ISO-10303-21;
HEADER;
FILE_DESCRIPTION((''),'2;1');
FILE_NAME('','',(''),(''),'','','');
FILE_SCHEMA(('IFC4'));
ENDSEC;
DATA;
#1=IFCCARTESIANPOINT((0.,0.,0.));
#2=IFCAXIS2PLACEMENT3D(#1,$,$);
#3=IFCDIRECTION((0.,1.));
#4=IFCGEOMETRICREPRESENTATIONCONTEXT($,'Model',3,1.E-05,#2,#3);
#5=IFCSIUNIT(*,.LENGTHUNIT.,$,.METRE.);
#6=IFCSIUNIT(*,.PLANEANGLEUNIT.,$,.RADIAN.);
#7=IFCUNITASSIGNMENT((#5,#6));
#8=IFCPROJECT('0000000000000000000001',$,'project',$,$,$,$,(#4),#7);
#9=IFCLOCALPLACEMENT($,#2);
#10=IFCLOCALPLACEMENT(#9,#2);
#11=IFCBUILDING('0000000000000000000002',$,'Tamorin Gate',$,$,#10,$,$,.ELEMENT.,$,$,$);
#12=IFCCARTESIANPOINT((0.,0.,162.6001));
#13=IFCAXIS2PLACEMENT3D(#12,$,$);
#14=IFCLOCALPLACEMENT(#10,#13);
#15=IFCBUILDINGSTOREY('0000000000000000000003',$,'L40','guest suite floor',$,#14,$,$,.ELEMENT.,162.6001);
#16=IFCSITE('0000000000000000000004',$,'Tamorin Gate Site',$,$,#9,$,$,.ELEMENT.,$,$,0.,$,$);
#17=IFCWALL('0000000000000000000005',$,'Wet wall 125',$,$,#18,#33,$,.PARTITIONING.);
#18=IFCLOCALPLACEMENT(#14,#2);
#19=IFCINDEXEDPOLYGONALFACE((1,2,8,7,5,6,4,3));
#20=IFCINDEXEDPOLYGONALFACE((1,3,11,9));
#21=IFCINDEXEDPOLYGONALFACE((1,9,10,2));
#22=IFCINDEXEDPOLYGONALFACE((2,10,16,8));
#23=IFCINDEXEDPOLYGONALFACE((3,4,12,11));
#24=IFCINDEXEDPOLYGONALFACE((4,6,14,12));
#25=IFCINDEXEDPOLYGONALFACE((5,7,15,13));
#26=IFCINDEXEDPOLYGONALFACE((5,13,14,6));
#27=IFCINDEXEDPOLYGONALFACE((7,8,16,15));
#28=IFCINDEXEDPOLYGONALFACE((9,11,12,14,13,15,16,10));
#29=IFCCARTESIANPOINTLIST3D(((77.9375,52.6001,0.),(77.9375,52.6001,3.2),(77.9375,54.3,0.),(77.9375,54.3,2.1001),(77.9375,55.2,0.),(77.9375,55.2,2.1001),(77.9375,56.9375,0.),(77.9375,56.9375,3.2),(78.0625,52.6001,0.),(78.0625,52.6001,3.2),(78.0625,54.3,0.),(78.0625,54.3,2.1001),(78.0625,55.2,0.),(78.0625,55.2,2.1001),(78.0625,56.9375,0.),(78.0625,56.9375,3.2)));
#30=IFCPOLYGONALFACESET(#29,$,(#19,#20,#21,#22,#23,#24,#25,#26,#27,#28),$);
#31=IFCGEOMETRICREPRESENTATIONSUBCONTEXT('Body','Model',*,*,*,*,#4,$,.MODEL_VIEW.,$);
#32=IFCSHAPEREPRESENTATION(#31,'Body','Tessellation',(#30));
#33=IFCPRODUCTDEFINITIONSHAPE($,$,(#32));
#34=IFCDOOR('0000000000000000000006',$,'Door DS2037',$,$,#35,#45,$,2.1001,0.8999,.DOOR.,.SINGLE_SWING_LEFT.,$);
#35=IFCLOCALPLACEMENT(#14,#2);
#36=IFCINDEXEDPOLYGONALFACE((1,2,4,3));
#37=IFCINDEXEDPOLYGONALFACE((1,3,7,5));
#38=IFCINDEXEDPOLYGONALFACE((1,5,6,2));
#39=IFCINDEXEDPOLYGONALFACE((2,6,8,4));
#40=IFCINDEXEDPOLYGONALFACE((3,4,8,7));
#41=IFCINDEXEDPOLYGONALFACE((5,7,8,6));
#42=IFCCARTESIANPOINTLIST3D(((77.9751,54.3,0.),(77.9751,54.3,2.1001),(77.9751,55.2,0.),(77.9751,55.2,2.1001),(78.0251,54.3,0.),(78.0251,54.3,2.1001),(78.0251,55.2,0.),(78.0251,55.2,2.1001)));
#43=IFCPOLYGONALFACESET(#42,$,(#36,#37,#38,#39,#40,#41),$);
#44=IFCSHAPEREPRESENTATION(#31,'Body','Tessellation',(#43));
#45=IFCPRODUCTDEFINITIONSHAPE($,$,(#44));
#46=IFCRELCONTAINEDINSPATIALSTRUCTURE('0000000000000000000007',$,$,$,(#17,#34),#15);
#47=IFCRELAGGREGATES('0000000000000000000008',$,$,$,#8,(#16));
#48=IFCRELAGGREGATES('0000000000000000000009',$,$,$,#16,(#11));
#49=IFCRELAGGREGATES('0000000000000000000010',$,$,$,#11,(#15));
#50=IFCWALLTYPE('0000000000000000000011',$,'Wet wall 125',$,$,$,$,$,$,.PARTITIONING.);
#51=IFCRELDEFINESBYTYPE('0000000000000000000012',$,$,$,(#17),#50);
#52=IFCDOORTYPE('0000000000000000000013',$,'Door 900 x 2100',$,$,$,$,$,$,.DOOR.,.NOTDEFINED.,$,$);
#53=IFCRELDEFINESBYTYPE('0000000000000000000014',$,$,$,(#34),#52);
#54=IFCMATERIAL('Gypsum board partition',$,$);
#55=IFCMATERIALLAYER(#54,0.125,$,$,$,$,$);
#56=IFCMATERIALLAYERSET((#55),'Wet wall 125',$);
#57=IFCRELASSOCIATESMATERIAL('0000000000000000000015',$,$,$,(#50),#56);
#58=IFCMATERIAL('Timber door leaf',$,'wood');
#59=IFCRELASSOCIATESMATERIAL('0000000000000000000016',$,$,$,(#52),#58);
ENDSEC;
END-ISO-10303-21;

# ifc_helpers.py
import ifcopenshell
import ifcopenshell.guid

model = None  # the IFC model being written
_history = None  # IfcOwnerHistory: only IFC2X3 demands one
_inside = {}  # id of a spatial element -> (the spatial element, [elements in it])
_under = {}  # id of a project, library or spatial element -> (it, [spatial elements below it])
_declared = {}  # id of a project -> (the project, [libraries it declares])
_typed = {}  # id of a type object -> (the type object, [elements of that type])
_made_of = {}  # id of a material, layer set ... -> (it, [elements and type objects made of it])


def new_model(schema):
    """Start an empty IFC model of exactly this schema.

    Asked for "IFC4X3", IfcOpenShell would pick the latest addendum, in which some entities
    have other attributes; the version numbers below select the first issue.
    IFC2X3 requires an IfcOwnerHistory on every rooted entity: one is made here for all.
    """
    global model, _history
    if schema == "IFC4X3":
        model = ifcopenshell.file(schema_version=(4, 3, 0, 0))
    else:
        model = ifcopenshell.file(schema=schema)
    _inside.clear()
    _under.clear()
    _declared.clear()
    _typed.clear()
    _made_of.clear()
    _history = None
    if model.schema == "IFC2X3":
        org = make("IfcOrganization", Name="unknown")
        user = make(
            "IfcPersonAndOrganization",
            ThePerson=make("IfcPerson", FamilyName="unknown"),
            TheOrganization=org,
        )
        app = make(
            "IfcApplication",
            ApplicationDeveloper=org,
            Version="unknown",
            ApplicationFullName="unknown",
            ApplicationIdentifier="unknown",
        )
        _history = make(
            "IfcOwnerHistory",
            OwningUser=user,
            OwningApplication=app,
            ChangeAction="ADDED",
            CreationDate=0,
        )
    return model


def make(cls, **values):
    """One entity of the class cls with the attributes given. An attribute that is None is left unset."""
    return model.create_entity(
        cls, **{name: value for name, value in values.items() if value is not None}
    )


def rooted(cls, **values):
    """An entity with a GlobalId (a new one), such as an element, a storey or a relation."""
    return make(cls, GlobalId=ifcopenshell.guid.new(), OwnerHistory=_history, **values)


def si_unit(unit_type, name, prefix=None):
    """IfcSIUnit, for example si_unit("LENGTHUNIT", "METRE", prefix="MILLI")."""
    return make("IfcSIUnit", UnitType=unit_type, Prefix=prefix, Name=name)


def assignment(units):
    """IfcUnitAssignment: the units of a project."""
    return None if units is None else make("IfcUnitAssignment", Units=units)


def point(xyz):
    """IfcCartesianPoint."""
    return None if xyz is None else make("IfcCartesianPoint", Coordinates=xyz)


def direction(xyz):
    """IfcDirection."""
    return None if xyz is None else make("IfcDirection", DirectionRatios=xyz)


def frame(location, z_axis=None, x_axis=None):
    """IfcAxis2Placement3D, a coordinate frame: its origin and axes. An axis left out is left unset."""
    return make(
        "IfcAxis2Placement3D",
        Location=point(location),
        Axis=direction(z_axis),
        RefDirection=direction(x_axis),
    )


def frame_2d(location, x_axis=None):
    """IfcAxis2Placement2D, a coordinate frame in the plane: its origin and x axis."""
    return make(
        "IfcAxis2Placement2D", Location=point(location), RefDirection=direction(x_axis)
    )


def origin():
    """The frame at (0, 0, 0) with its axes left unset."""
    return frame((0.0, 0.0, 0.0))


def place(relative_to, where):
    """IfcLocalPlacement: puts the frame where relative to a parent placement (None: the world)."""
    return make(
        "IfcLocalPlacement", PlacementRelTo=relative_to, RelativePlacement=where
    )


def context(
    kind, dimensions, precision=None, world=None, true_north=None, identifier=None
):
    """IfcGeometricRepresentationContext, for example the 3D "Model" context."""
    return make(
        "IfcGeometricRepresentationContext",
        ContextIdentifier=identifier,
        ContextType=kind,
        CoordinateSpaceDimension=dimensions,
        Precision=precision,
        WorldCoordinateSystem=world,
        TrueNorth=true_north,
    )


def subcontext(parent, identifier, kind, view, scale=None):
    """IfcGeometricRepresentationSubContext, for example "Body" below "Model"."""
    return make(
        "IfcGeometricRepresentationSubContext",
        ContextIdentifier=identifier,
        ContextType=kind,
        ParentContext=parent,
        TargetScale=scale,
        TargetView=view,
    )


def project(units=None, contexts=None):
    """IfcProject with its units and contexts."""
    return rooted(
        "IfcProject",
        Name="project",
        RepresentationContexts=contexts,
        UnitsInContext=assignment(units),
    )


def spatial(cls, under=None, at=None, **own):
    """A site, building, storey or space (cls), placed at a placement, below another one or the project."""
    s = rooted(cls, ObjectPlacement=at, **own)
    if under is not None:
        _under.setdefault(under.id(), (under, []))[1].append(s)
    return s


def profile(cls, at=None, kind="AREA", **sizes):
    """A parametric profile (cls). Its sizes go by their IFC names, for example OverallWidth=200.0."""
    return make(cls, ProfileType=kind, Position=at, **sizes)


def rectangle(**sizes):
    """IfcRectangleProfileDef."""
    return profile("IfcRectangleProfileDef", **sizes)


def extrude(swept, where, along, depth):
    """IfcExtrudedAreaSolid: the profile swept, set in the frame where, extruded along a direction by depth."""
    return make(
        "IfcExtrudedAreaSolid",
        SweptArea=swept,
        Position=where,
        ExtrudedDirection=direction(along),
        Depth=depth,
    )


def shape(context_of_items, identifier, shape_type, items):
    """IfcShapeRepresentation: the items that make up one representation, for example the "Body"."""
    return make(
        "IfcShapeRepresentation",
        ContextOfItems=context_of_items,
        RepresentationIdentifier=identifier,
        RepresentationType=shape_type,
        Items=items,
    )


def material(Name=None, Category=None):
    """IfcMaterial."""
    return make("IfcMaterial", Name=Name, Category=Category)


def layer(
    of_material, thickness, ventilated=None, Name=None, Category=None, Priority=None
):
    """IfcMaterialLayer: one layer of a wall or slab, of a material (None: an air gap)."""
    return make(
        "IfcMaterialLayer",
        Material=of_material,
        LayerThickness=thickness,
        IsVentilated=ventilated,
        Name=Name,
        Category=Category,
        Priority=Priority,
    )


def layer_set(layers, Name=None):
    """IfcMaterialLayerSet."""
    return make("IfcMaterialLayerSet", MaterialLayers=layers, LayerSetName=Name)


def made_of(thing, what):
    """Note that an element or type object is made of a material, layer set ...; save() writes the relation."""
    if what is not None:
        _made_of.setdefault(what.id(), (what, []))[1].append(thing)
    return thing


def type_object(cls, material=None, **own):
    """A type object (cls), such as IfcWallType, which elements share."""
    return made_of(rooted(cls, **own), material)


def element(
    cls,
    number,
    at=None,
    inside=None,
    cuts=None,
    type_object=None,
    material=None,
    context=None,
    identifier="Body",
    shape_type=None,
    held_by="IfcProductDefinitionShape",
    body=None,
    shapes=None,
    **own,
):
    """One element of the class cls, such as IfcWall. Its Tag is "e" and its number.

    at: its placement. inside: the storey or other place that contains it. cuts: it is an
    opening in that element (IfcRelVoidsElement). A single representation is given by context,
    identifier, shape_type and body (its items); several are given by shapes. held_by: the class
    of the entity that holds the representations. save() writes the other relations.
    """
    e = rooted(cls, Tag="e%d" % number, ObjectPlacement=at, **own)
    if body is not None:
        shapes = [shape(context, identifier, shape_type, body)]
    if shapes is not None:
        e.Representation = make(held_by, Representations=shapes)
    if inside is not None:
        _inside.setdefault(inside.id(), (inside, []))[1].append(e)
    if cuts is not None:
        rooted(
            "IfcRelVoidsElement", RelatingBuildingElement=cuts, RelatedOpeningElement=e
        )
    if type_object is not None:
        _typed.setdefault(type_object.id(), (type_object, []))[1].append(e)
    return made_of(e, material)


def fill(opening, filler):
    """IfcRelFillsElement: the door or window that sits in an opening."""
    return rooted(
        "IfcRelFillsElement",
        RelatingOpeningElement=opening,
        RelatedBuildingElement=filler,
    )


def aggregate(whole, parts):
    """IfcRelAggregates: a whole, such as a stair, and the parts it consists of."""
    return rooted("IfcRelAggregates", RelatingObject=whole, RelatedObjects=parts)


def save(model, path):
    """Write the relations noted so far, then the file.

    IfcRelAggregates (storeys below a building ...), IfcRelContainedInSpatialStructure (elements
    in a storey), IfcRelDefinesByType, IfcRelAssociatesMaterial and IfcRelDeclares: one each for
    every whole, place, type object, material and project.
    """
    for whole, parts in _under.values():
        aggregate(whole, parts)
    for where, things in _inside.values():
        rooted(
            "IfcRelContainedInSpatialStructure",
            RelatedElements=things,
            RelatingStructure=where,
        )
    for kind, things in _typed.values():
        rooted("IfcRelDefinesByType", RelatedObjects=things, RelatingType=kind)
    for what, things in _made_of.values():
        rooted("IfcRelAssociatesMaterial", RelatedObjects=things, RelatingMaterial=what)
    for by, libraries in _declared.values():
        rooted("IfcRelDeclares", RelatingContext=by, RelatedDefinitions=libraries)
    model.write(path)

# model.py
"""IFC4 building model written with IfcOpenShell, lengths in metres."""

from ifc_helpers import new_model, si_unit, direction, frame, frame_2d, origin, place, context, subcontext, project, spatial, rectangle, extrude, material, layer, layer_set, type_object, element, fill, save


model = new_model("IFC4")

# Units and contexts
model_context = context("Model", 3, precision=1e-05, world=origin(), true_north=direction((0.0, 1.0)))
body_context = subcontext(model_context, "Body", "Model", "MODEL_VIEW")
ifc_project = project(units=[si_unit("LENGTHUNIT", "METRE"), si_unit("PLANEANGLEUNIT", "RADIAN")], contexts=[model_context])

# Site, building, storey
site_placement = place(None, origin())
site = spatial("IfcSite", under=ifc_project, at=site_placement, Name="Tamorin Gate Site", CompositionType="ELEMENT", RefElevation=0.0)
building_placement = place(site_placement, origin())
building = spatial("IfcBuilding", under=site, at=building_placement, Name="Tamorin Gate", CompositionType="ELEMENT")
storey_placement = place(building_placement, frame((0.0, 0.0, 162.6001)))
storey = spatial("IfcBuildingStorey", under=building, at=storey_placement, Name="L40", Description="guest suite floor", CompositionType="ELEMENT", Elevation=162.6001)

# Shared definitions
ifc_material_1 = material(Name="Gypsum board partition")
ifc_material_2 = material(Name="Timber door leaf", Category="wood")

# Shared definitions
ifc_layer_1 = layer(ifc_material_1, 0.125)
ifc_layer_set_1 = layer_set([ifc_layer_1], Name="Wet wall 125")
wall_type_1 = type_object("IfcWallType", Name="Wet wall 125", PredefinedType="PARTITIONING", material=ifc_layer_set_1)

# Wall, opening, door
wall_1_placement = place(storey_placement, frame((78.0, 52.6001, 0.0), z_axis=(0.0, 0.0, 1.0), x_axis=(0.0, 1.0, 0.0)))
wall_1 = element("IfcWall", 1, at=wall_1_placement, inside=storey, type_object=wall_type_1, Name="Wet wall 125", PredefinedType="PARTITIONING", context=body_context, shape_type="SweptSolid", body=[
    extrude(rectangle(XDim=4.3374, YDim=0.125, at=frame_2d((2.1687, 0.0))), origin(), (0.0, 0.0, 1.0), 3.2),
])
opening_1_placement = place(wall_1_placement, frame((1.7, 0.0, 0.0)))
opening_1 = element("IfcOpeningElement", 2, at=opening_1_placement, cuts=wall_1, PredefinedType="OPENING", context=body_context, shape_type="SweptSolid", body=[
    extrude(rectangle(XDim=0.8999, YDim=2.1001, at=frame_2d((0.45, 1.05))), frame((0.0, 0.0725, 0.0), z_axis=(0.0, -1.0, 0.0), x_axis=(1.0, 0.0, 0.0)), (0.0, 0.0, 1.0), 0.145),
])
door_type_1 = type_object("IfcDoorType", Name="Door 900 x 2100", OperationType="NOTDEFINED", PredefinedType="DOOR", material=ifc_material_2)
door_1_placement = place(opening_1_placement, origin())
door_1 = element("IfcDoor", 3, at=door_1_placement, inside=storey, type_object=door_type_1, Name="Door DS2037", OperationType="SINGLE_SWING_LEFT", OverallHeight=2.1001, OverallWidth=0.8999, PredefinedType="DOOR", context=body_context, shape_type="SweptSolid", body=[
    extrude(rectangle(XDim=0.8999, YDim=2.1001, at=frame_2d((0.45, 1.05))), frame((0.0, 0.0249, 0.0), z_axis=(0.0, -1.0, 0.0), x_axis=(1.0, 0.0, 0.0)), (0.0, 0.0, 1.0), 0.05),
])
fill(opening_1, door_1)

save(model, "model.ifc")
